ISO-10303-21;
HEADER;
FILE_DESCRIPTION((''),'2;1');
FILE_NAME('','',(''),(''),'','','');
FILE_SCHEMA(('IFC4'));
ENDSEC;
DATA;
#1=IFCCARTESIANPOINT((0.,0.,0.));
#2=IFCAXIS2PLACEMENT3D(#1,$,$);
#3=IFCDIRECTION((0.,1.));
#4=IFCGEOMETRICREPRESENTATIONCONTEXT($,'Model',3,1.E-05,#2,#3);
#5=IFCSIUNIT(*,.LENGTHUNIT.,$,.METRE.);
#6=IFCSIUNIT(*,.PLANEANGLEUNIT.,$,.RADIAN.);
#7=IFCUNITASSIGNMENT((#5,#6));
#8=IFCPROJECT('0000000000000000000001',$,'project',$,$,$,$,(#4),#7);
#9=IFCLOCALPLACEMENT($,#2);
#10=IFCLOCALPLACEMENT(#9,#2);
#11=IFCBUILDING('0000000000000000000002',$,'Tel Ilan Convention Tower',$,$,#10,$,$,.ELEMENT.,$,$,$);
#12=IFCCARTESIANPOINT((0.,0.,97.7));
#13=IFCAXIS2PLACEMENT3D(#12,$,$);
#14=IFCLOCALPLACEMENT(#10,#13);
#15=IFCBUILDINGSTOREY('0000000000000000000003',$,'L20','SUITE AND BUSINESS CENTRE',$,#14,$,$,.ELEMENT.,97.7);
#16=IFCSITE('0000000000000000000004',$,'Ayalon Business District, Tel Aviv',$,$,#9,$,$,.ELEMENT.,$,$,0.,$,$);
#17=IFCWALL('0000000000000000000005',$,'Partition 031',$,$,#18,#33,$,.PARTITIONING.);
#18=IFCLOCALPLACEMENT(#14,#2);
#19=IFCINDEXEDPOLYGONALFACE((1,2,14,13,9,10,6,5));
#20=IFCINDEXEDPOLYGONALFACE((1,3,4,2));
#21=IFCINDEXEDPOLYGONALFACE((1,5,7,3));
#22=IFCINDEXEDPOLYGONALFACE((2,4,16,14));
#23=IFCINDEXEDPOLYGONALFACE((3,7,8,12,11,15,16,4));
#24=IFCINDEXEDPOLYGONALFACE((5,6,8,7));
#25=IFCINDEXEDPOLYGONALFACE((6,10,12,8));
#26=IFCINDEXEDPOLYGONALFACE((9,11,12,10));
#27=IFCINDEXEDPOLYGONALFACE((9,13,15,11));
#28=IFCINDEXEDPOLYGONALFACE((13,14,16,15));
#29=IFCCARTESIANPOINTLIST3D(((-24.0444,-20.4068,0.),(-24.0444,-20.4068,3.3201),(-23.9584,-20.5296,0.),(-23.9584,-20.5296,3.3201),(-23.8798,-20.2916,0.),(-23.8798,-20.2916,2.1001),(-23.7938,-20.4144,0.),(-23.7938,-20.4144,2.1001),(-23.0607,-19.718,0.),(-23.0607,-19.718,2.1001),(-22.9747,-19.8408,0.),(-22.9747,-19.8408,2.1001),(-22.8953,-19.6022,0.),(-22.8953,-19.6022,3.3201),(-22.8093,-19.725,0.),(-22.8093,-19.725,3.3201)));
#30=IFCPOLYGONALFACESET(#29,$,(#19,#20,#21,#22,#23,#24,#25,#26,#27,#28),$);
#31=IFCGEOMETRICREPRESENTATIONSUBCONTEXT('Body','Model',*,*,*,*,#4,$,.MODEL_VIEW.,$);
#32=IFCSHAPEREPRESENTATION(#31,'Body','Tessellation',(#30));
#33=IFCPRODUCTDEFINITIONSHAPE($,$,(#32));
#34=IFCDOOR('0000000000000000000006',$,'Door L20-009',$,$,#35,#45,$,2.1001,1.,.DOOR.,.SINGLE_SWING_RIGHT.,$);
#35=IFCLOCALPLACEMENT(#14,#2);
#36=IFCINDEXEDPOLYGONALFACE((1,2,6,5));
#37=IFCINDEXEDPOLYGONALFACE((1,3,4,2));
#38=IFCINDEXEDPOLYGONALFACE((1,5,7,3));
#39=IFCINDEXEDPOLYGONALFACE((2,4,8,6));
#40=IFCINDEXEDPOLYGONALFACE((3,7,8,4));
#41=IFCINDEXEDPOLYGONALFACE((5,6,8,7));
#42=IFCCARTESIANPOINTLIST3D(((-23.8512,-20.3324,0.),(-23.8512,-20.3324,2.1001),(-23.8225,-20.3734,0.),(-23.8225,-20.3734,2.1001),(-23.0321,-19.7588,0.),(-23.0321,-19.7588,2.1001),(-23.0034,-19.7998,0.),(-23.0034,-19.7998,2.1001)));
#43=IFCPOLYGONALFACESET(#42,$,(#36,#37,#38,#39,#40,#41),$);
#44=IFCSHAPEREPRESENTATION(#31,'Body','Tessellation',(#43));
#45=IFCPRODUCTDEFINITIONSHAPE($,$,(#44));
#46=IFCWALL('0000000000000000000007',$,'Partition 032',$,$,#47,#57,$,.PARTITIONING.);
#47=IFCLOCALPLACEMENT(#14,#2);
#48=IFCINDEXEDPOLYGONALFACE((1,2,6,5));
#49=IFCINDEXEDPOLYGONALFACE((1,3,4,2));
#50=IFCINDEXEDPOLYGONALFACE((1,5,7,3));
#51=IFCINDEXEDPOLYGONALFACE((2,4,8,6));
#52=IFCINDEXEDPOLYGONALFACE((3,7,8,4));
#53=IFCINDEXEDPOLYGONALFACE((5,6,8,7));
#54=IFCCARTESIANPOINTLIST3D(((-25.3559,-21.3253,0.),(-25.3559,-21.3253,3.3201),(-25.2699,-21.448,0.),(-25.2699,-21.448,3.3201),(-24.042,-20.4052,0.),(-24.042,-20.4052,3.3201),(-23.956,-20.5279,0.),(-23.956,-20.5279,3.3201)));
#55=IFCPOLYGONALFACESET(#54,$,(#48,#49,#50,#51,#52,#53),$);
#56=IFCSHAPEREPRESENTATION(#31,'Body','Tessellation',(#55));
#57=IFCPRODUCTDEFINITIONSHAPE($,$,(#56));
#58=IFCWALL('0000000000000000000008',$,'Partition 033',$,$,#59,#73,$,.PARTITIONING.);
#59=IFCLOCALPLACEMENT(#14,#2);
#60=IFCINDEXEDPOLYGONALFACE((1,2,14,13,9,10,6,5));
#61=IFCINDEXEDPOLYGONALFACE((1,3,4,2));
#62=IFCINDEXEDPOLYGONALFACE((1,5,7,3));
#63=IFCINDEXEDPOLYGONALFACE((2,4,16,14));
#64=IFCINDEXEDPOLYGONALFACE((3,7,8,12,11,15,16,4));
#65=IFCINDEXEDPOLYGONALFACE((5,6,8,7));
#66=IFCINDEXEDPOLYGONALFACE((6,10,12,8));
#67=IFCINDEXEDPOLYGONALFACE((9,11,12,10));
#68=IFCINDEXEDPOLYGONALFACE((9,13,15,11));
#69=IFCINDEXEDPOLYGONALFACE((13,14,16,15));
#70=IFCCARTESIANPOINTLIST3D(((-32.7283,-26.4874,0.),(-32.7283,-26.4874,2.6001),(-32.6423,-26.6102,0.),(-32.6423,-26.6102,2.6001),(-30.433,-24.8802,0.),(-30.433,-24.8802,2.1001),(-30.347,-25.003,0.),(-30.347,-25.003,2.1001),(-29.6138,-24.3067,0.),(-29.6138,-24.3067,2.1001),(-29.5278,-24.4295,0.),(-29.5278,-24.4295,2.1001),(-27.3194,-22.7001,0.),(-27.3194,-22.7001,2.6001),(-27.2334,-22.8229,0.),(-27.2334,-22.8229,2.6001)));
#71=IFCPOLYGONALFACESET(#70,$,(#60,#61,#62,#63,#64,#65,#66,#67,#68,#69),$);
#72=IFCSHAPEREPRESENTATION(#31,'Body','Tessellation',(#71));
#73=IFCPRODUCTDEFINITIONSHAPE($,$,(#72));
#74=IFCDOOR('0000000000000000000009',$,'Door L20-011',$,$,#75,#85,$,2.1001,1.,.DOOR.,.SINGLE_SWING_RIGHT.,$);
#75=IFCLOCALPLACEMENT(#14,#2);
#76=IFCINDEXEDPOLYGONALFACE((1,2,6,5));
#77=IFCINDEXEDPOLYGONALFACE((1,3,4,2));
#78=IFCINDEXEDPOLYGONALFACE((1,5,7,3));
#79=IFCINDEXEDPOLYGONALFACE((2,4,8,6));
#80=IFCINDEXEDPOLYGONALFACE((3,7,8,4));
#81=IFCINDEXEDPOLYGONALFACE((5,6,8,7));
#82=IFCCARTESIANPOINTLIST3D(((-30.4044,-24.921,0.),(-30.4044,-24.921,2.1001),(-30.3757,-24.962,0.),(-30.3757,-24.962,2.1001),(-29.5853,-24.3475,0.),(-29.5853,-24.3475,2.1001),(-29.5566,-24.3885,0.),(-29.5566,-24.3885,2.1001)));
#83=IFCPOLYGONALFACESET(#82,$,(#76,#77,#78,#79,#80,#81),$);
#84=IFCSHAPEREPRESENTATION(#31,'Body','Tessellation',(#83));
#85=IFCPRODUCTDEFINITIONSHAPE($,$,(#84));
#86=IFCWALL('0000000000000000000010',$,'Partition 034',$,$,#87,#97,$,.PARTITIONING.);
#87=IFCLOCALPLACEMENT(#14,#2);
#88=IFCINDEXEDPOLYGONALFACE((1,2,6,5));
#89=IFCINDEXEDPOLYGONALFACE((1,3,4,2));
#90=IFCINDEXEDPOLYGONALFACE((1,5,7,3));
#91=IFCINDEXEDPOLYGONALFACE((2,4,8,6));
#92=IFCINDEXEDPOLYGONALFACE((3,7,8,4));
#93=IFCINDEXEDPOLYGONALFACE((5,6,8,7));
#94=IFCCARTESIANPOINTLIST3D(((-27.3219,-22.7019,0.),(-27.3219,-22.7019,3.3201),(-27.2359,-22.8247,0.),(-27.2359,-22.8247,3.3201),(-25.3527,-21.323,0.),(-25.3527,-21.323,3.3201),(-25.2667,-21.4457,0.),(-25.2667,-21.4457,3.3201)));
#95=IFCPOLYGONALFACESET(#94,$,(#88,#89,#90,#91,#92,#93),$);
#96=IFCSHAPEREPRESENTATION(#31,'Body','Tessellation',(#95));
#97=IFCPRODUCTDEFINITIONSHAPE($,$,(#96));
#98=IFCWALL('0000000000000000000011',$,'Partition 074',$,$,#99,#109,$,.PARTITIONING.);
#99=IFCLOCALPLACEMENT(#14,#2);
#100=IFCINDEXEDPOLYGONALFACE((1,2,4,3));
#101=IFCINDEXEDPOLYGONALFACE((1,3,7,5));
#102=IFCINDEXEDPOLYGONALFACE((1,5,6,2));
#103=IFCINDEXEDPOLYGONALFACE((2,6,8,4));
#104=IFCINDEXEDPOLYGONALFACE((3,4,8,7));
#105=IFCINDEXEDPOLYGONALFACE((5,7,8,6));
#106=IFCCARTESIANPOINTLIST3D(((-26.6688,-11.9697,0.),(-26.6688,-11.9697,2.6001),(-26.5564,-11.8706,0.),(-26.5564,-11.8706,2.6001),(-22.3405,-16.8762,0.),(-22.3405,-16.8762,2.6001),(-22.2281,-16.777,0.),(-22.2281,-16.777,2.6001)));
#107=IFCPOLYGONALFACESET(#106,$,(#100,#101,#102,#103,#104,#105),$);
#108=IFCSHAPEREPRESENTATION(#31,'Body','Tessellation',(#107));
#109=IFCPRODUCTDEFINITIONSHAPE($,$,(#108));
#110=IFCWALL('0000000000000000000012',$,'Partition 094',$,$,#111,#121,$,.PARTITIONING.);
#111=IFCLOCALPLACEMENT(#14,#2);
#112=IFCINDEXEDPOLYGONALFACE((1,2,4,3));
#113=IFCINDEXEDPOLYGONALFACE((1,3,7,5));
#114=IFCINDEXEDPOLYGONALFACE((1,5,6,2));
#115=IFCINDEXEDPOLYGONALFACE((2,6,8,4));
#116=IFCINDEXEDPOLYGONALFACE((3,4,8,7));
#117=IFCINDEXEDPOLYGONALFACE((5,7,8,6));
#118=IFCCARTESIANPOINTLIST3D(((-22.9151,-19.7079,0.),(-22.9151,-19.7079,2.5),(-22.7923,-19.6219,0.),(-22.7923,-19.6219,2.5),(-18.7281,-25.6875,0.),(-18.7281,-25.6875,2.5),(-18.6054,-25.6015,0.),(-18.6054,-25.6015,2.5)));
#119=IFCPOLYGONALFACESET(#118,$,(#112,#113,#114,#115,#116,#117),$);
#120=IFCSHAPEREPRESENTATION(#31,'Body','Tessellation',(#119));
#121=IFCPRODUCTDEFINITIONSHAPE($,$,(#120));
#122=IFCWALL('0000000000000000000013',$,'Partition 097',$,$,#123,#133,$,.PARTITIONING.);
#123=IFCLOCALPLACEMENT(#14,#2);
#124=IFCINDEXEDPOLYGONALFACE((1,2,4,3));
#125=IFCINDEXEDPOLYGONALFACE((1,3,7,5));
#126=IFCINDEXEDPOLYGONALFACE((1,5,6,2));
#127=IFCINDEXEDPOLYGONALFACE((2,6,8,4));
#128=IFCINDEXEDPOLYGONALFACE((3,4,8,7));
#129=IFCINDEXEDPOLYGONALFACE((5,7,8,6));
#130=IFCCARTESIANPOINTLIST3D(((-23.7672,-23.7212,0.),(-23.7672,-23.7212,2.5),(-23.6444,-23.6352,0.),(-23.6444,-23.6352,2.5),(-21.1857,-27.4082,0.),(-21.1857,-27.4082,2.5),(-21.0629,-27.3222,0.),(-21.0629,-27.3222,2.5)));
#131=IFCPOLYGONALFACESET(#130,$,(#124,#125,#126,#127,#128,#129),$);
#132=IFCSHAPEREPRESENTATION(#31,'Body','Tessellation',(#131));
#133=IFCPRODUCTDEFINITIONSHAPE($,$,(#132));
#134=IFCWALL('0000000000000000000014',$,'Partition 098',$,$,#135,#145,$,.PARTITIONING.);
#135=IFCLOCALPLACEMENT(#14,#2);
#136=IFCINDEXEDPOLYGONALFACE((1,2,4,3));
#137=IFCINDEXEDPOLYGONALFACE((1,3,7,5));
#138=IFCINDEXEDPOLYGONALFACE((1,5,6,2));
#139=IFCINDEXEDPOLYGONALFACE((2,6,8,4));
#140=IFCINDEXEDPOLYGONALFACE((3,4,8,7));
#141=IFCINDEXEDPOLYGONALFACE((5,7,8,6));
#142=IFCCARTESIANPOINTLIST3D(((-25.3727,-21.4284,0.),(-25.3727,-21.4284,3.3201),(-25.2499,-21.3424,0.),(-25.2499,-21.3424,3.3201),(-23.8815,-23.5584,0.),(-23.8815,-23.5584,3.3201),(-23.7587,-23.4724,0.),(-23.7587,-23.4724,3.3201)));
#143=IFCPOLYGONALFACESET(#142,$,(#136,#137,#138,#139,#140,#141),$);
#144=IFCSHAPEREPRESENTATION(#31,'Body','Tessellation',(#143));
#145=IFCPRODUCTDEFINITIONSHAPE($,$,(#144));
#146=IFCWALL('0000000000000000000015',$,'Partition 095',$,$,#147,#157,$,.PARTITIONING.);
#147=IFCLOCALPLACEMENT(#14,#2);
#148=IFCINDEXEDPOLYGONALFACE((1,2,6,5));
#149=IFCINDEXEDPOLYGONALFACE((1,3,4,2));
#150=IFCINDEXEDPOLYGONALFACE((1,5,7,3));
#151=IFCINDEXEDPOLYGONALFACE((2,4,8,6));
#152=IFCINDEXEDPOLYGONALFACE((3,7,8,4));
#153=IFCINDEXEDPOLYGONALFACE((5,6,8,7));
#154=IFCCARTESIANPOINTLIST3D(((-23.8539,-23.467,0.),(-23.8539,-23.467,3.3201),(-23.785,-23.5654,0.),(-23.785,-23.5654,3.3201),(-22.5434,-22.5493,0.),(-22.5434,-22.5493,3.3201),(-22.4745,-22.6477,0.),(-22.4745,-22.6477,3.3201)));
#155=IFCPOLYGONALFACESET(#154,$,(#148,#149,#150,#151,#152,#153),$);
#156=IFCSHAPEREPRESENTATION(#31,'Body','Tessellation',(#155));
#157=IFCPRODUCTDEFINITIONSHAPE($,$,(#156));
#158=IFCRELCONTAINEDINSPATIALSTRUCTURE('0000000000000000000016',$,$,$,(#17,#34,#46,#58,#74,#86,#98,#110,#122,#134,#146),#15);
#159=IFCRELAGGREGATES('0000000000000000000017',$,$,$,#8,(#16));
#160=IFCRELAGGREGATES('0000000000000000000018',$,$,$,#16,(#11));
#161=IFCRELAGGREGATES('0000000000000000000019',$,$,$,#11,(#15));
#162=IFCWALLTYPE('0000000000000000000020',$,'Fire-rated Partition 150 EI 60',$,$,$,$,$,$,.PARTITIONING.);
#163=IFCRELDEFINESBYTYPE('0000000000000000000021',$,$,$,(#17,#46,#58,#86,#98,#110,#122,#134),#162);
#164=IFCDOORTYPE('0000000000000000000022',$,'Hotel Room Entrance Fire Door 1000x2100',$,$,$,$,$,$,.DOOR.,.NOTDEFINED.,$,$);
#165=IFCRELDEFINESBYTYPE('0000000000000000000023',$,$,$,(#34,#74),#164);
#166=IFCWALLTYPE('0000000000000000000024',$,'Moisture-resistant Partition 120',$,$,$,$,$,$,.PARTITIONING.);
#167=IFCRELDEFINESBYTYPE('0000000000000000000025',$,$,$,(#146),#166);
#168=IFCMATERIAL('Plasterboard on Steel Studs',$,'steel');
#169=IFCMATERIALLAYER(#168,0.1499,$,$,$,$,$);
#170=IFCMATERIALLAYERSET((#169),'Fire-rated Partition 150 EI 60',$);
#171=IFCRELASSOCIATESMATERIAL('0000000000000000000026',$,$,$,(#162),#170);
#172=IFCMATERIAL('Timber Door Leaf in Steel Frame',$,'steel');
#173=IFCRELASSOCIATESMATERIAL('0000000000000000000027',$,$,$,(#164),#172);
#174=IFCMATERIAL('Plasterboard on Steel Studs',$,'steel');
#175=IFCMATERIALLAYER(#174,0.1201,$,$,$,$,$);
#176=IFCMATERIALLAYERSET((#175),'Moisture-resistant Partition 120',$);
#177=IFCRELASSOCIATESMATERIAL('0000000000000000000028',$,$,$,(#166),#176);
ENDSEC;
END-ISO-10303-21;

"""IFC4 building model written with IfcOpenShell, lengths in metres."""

from ifc_helpers import new_model, si_unit, direction, frame, frame_2d, origin, place, context, subcontext, project, spatial, rectangle, extrude, material, layer, layer_set, type_object, element, fill, save


model = new_model("IFC4")

# Units and contexts
model_context = context("Model", 3, precision=1e-05, world=origin(), true_north=direction((0.0, 1.0)))
body_context = subcontext(model_context, "Body", "Model", "MODEL_VIEW")
ifc_project = project(units=[si_unit("LENGTHUNIT", "METRE"), si_unit("PLANEANGLEUNIT", "RADIAN")], contexts=[model_context])

# Site, building, storey
site_placement = place(None, origin())
site = spatial("IfcSite", under=ifc_project, at=site_placement, Name="Ayalon Business District, Tel Aviv", CompositionType="ELEMENT", RefElevation=0.0)
building_placement = place(site_placement, origin())
building = spatial("IfcBuilding", under=site, at=building_placement, Name="Tel Ilan Convention Tower", CompositionType="ELEMENT")
storey_placement = place(building_placement, frame((0.0, 0.0, 97.7)))
storey = spatial("IfcBuildingStorey", under=building, at=storey_placement, Name="L20", Description="SUITE AND BUSINESS CENTRE", CompositionType="ELEMENT", Elevation=97.7)

# Wall, opening, door
ifc_material_1 = material(Name="Plasterboard on Steel Studs", Category="steel")
ifc_layer_1 = layer(ifc_material_1, 0.1499)
ifc_layer_set_1 = layer_set([ifc_layer_1], Name="Fire-rated Partition 150 EI 60")
wall_type_1 = type_object("IfcWallType", Name="Fire-rated Partition 150 EI 60", PredefinedType="PARTITIONING", material=ifc_layer_set_1)
wall_1_placement = place(storey_placement, frame((-22.8523, -19.6636, 0.0), z_axis=(0.0, 0.0, 1.0), x_axis=(-0.819142, -0.573591, 0.0)))
wall_1 = element("IfcWall", 1, at=wall_1_placement, inside=storey, type_object=wall_type_1, Name="Partition 031", PredefinedType="PARTITIONING", context=body_context, shape_type="SweptSolid", body=[
    extrude(rectangle(XDim=1.4028, YDim=0.1499, at=frame_2d((0.7014, 0.0))), origin(), (0.0, 0.0, 1.0), 3.3201),
])
opening_1_placement = place(wall_1_placement, frame((0.2019, 0.0, 0.0)))
opening_1 = element("IfcOpeningElement", 2, at=opening_1_placement, cuts=wall_1, PredefinedType="OPENING", context=body_context, shape_type="SweptSolid", body=[
    extrude(rectangle(XDim=1.0, YDim=2.1001, at=frame_2d((0.5, 1.05))), frame((0.0, 0.085, 0.0), z_axis=(0.0, -1.0, 0.0), x_axis=(1.0, 0.0, 0.0)), (0.0, 0.0, 1.0), 0.1699),
])
ifc_material_2 = material(Name="Timber Door Leaf in Steel Frame", Category="steel")
door_type_1 = type_object("IfcDoorType", Name="Hotel Room Entrance Fire Door 1000x2100", OperationType="NOTDEFINED", PredefinedType="DOOR", material=ifc_material_2)
door_1_placement = place(opening_1_placement, origin())
door_1 = element("IfcDoor", 3, at=door_1_placement, inside=storey, type_object=door_type_1, Name="Door L20-009", OperationType="SINGLE_SWING_RIGHT", OverallHeight=2.1001, OverallWidth=1.0, PredefinedType="DOOR", context=body_context, shape_type="SweptSolid", body=[
    extrude(rectangle(XDim=1.0, YDim=2.1001, at=frame_2d((0.5, 1.05))), frame((0.0, 0.0249, 0.0), z_axis=(0.0, -1.0, 0.0), x_axis=(1.0, 0.0, 0.0)), (0.0, 0.0, 1.0), 0.05),
])
fill(opening_1, door_1)

# Wall
wall_2_placement = place(storey_placement, frame((-23.999, -20.4666, 0.0), z_axis=(0.0, 0.0, 1.0), x_axis=(-0.819118, -0.573626, 0.0)))
element("IfcWall", 4, at=wall_2_placement, inside=storey, type_object=wall_type_1, Name="Partition 032", PredefinedType="PARTITIONING", context=body_context, shape_type="SweptSolid", body=[
    extrude(rectangle(XDim=1.604, YDim=0.1499, at=frame_2d((0.802, 0.0))), origin(), (0.0, 0.0, 1.0), 3.3201),
])

# Wall, opening, door
wall_3_placement = place(storey_placement, frame((-27.2764, -22.7615, 0.0), z_axis=(0.0, 0.0, 1.0), x_axis=(-0.819154, -0.573574, 0.0)))
wall_3 = element("IfcWall", 5, at=wall_3_placement, inside=storey, type_object=wall_type_1, Name="Partition 033", PredefinedType="PARTITIONING", context=body_context, shape_type="SweptSolid", body=[
    extrude(rectangle(XDim=6.603, YDim=0.1499, at=frame_2d((3.3015, 0.0))), origin(), (0.0, 0.0, 1.0), 2.6001),
])
opening_2_placement = place(wall_3_placement, frame((2.801, 0.0, 0.0)))
opening_2 = element("IfcOpeningElement", 6, at=opening_2_placement, cuts=wall_3, PredefinedType="OPENING", context=body_context, shape_type="SweptSolid", body=[
    extrude(rectangle(XDim=1.0, YDim=2.1001, at=frame_2d((0.5, 1.05))), frame((0.0, 0.085, 0.0), z_axis=(0.0, -1.0, 0.0), x_axis=(1.0, 0.0, 0.0)), (0.0, 0.0, 1.0), 0.1699),
])
door_2_placement = place(opening_2_placement, origin())
door_2 = element("IfcDoor", 7, at=door_2_placement, inside=storey, type_object=door_type_1, Name="Door L20-011", OperationType="SINGLE_SWING_RIGHT", OverallHeight=2.1001, OverallWidth=1.0, PredefinedType="DOOR", context=body_context, shape_type="SweptSolid", body=[
    extrude(rectangle(XDim=1.0, YDim=2.1001, at=frame_2d((0.5, 1.05))), frame((0.0, 0.0249, 0.0), z_axis=(0.0, -1.0, 0.0), x_axis=(1.0, 0.0, 0.0)), (0.0, 0.0, 1.0), 0.05),
])
fill(opening_2, door_2)

# Walls
wall_4_placement = place(storey_placement, frame((-25.3096, -21.3843, 0.0), z_axis=(0.0, 0.0, 1.0), x_axis=(-0.819146, -0.573585, 0.0)))
element("IfcWall", 8, at=wall_4_placement, inside=storey, type_object=wall_type_1, Name="Partition 034", PredefinedType="PARTITIONING", context=body_context, shape_type="SweptSolid", body=[
    extrude(rectangle(XDim=2.4041, YDim=0.1499, at=frame_2d((1.2021, 0.0))), origin(), (0.0, 0.0, 1.0), 3.3201),
])
wall_5_placement = place(storey_placement, frame((-22.2842, -16.8267, 0.0), z_axis=(0.0, 0.0, 1.0), x_axis=(-0.661545, 0.749905, 0.0)))
element("IfcWall", 9, at=wall_5_placement, inside=storey, type_object=wall_type_1, Name="Partition 074", PredefinedType="PARTITIONING", context=body_context, shape_type="SweptSolid", body=[
    extrude(rectangle(XDim=6.5427, YDim=0.1499, at=frame_2d((3.2715, 0.0))), origin(), (0.0, 0.0, 1.0), 2.6001),
])
wall_6_placement = place(storey_placement, frame((-18.6667, -25.6445, 0.0), z_axis=(0.0, 0.0, 1.0), x_axis=(-0.573572, 0.819155, 0.0)))
element("IfcWall", 10, at=wall_6_placement, inside=storey, type_object=wall_type_1, Name="Partition 094", PredefinedType="PARTITIONING", context=body_context, shape_type="SweptSolid", body=[
    extrude(rectangle(XDim=7.2998, YDim=0.1499, at=frame_2d((3.6499, 0.0))), origin(), (0.0, 0.0, 1.0), 2.5),
])
wall_7_placement = place(storey_placement, frame((-21.1243, -27.3652, 0.0), z_axis=(0.0, 0.0, 1.0), x_axis=(-0.573557, 0.819166, 0.0)))
element("IfcWall", 11, at=wall_7_placement, inside=storey, type_object=wall_type_1, Name="Partition 097", PredefinedType="PARTITIONING", context=body_context, shape_type="SweptSolid", body=[
    extrude(rectangle(XDim=4.501, YDim=0.1499, at=frame_2d((2.2505, 0.0))), origin(), (0.0, 0.0, 1.0), 2.5),
])
wall_8_placement = place(storey_placement, frame((-23.8201, -23.5154, 0.0), z_axis=(0.0, 0.0, 1.0), x_axis=(-0.573538, 0.819179, 0.0)))
element("IfcWall", 12, at=wall_8_placement, inside=storey, type_object=wall_type_1, Name="Partition 098", PredefinedType="PARTITIONING", context=body_context, shape_type="SweptSolid", body=[
    extrude(rectangle(XDim=2.6001, YDim=0.1499, at=frame_2d((1.3, 0.0))), origin(), (0.0, 0.0, 1.0), 3.3201),
])
ifc_material_3 = material(Name="Plasterboard on Steel Studs", Category="steel")
ifc_layer_2 = layer(ifc_material_3, 0.1201)
ifc_layer_set_2 = layer_set([ifc_layer_2], Name="Moisture-resistant Partition 120")
wall_type_2 = type_object("IfcWallType", Name="Moisture-resistant Partition 120", PredefinedType="PARTITIONING", material=ifc_layer_set_2)
wall_9_placement = place(storey_placement, frame((-23.8193, -23.5161, 0.0), z_axis=(0.0, 0.0, 1.0), x_axis=(0.819132, 0.573606, 0.0)))
element("IfcWall", 13, at=wall_9_placement, inside=storey, type_object=wall_type_2, Name="Partition 095", PredefinedType="PARTITIONING", context=body_context, shape_type="SweptSolid", body=[
    extrude(rectangle(XDim=1.5999, YDim=0.1201, at=frame_2d((0.7998, 0.0))), origin(), (0.0, 0.0, 1.0), 3.3201),
])

save(model, "model.ifc")
